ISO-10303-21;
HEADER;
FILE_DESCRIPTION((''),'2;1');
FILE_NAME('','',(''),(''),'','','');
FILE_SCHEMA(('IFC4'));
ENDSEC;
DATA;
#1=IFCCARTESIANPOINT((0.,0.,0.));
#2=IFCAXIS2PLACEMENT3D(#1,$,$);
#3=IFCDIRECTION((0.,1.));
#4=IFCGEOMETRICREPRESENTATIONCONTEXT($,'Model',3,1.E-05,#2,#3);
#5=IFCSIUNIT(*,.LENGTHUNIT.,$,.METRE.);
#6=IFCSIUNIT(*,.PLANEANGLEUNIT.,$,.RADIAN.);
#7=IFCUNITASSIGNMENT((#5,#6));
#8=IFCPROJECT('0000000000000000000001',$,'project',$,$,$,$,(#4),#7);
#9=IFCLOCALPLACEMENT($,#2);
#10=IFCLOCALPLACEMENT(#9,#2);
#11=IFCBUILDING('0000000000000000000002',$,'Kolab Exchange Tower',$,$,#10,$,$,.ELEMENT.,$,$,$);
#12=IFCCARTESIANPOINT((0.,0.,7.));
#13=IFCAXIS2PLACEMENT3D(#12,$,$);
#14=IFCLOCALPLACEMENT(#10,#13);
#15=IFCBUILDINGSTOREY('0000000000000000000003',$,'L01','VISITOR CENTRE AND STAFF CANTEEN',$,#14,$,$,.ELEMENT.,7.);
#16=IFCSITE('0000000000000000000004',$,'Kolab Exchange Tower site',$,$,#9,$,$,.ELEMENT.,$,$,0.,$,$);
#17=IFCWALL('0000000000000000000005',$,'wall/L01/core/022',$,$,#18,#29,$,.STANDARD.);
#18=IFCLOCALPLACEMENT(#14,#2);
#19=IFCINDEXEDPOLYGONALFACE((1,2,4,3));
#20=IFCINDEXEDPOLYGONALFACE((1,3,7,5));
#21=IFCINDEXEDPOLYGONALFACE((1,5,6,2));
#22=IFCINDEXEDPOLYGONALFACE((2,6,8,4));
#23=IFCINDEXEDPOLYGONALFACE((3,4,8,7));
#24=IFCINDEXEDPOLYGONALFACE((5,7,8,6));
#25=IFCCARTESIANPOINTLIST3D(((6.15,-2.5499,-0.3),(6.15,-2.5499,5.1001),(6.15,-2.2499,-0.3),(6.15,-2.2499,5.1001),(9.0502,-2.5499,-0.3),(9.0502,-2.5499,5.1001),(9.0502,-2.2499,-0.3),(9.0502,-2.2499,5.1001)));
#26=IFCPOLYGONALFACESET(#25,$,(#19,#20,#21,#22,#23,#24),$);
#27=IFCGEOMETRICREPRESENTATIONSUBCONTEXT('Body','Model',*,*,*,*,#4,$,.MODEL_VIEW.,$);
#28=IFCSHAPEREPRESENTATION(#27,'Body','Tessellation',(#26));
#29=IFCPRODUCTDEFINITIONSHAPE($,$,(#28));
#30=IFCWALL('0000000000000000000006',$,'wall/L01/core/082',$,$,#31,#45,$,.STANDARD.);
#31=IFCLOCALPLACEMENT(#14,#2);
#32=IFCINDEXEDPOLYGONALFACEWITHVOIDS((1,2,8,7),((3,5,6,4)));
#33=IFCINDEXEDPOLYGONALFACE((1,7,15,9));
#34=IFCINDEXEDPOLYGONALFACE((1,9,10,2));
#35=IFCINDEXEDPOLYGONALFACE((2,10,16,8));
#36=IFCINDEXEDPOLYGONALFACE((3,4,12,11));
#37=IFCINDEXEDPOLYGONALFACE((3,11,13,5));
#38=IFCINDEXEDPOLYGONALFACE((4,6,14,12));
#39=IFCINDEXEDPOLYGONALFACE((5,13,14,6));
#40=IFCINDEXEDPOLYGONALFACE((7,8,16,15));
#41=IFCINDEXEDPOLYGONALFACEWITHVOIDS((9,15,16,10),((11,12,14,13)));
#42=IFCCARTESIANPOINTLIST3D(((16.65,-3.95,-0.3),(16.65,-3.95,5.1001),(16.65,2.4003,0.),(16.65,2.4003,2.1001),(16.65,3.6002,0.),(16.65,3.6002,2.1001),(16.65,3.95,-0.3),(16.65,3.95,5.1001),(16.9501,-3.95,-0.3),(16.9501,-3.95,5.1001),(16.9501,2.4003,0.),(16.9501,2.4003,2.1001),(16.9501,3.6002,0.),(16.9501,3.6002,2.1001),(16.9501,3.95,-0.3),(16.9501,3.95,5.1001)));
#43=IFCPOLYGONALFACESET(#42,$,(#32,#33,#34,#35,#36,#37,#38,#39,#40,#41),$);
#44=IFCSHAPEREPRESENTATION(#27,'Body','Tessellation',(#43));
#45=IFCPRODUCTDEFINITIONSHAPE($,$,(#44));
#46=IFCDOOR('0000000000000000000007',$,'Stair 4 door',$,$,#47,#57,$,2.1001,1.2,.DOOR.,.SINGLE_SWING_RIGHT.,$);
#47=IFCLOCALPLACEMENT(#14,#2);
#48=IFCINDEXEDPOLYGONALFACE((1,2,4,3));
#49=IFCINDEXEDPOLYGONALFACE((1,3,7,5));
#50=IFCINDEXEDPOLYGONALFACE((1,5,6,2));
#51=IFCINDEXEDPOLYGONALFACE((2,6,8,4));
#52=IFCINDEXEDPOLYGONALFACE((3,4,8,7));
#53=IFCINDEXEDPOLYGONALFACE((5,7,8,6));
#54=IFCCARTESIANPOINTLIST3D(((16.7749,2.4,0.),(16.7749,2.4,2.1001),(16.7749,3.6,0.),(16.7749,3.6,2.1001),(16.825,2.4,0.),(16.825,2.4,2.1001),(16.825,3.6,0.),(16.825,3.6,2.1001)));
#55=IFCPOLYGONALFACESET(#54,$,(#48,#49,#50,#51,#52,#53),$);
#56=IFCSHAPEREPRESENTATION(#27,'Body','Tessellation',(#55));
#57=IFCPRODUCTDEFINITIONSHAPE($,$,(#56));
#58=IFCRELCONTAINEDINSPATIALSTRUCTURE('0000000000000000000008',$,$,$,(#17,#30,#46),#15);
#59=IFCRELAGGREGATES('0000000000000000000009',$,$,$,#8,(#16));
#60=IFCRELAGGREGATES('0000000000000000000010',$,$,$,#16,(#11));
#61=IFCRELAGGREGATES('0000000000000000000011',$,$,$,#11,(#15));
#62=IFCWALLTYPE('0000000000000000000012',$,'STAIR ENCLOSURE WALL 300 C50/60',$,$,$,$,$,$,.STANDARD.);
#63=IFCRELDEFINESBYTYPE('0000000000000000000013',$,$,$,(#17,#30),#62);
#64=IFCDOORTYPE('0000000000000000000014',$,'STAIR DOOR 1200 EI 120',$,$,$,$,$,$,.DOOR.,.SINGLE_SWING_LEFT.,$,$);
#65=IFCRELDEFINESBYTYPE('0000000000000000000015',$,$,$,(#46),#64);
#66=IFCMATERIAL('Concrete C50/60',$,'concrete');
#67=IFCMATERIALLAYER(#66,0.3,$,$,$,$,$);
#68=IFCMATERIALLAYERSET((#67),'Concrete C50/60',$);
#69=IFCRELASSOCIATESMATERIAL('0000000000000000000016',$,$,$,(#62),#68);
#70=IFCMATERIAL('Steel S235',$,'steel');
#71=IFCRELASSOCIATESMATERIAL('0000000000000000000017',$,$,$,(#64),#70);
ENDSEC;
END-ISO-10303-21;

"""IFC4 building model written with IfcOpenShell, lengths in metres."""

from ifc_helpers import new_model, si_unit, direction, frame, frame_2d, origin, place, context, subcontext, project, spatial, rectangle, extrude, material, layer, layer_set, type_object, element, fill, save


model = new_model("IFC4")

# Units and contexts
model_context = context("Model", 3, precision=1e-05, world=origin(), true_north=direction((0.0, 1.0)))
body_context = subcontext(model_context, "Body", "Model", "MODEL_VIEW")
ifc_project = project(units=[si_unit("LENGTHUNIT", "METRE"), si_unit("PLANEANGLEUNIT", "RADIAN")], contexts=[model_context])

# Site, building, storey
site_placement = place(None, origin())
site = spatial("IfcSite", under=ifc_project, at=site_placement, Name="Kolab Exchange Tower site", CompositionType="ELEMENT", RefElevation=0.0)
building_placement = place(site_placement, origin())
building = spatial("IfcBuilding", under=site, at=building_placement, Name="Kolab Exchange Tower", CompositionType="ELEMENT")
storey_placement = place(building_placement, frame((0.0, 0.0, 7.0)))
storey = spatial("IfcBuildingStorey", under=building, at=storey_placement, Name="L01", Description="VISITOR CENTRE AND STAFF CANTEEN", CompositionType="ELEMENT", Elevation=7.0)

# Shared definitions
ifc_material_1 = material(Name="Concrete C50/60", Category="concrete")

# Shared definitions
ifc_material_2 = material(Name="Steel S235", Category="steel")

# Wall
ifc_layer_1 = layer(ifc_material_1, 0.3)
ifc_layer_set_1 = layer_set([ifc_layer_1], Name="Concrete C50/60")
wall_type_1 = type_object("IfcWallType", Name="STAIR ENCLOSURE WALL 300 C50/60", PredefinedType="STANDARD", material=ifc_layer_set_1)
wall_1_placement = place(storey_placement, frame((6.1499, -2.3999, -0.3), z_axis=(0.0, 0.0, 1.0), x_axis=(1.0, 0.0, 0.0)))
element("IfcWall", 1, at=wall_1_placement, inside=storey, type_object=wall_type_1, Name="wall/L01/core/022", PredefinedType="STANDARD", context=body_context, shape_type="SweptSolid", body=[
    extrude(rectangle(XDim=2.9001, YDim=0.3, at=frame_2d((1.4502, 0.0))), origin(), (0.0, 0.0, 1.0), 5.4001),
])

# Wall, opening, door
wall_2_placement = place(storey_placement, frame((16.8, -3.95, -0.3), z_axis=(0.0, 0.0, 1.0), x_axis=(0.0, 1.0, 0.0)))
wall_2 = element("IfcWall", 2, at=wall_2_placement, inside=storey, type_object=wall_type_1, Name="wall/L01/core/082", PredefinedType="STANDARD", context=body_context, shape_type="SweptSolid", body=[
    extrude(rectangle(XDim=7.8999, YDim=0.3, at=frame_2d((3.95, 0.0))), origin(), (0.0, 0.0, 1.0), 5.4001),
])
opening_1_placement = place(wall_2_placement, frame((6.3501, 0.0, 0.3)))
opening_1 = element("IfcOpeningElement", 3, at=opening_1_placement, cuts=wall_2, PredefinedType="OPENING", context=body_context, shape_type="SweptSolid", body=[
    extrude(rectangle(XDim=1.2, YDim=2.1001, at=frame_2d((0.6001, 1.05))), frame((0.0, 0.1602, 0.0), z_axis=(0.0, -1.0, 0.0), x_axis=(1.0, 0.0, 0.0)), (0.0, 0.0, 1.0), 0.3201),
])
door_type_1 = type_object("IfcDoorType", Name="STAIR DOOR 1200 EI 120", OperationType="SINGLE_SWING_LEFT", PredefinedType="DOOR", material=ifc_material_2)
door_1_placement = place(opening_1_placement, frame((1.2, 0.0, 0.0), z_axis=(0.0, 0.0, 1.0), x_axis=(-1.0, 0.0, 0.0)))
door_1 = element("IfcDoor", 4, at=door_1_placement, inside=storey, type_object=door_type_1, Name="Stair 4 door", OperationType="SINGLE_SWING_RIGHT", OverallHeight=2.1001, OverallWidth=1.2, PredefinedType="DOOR", context=body_context, shape_type="SweptSolid", body=[
    extrude(rectangle(XDim=1.2, YDim=2.1001, at=frame_2d((0.6001, 1.05))), frame((0.0, 0.0249, 0.0), z_axis=(0.0, -1.0, 0.0), x_axis=(1.0, 0.0, 0.0)), (0.0, 0.0, 1.0), 0.05),
])
fill(opening_1, door_1)

save(model, "model.ifc")
